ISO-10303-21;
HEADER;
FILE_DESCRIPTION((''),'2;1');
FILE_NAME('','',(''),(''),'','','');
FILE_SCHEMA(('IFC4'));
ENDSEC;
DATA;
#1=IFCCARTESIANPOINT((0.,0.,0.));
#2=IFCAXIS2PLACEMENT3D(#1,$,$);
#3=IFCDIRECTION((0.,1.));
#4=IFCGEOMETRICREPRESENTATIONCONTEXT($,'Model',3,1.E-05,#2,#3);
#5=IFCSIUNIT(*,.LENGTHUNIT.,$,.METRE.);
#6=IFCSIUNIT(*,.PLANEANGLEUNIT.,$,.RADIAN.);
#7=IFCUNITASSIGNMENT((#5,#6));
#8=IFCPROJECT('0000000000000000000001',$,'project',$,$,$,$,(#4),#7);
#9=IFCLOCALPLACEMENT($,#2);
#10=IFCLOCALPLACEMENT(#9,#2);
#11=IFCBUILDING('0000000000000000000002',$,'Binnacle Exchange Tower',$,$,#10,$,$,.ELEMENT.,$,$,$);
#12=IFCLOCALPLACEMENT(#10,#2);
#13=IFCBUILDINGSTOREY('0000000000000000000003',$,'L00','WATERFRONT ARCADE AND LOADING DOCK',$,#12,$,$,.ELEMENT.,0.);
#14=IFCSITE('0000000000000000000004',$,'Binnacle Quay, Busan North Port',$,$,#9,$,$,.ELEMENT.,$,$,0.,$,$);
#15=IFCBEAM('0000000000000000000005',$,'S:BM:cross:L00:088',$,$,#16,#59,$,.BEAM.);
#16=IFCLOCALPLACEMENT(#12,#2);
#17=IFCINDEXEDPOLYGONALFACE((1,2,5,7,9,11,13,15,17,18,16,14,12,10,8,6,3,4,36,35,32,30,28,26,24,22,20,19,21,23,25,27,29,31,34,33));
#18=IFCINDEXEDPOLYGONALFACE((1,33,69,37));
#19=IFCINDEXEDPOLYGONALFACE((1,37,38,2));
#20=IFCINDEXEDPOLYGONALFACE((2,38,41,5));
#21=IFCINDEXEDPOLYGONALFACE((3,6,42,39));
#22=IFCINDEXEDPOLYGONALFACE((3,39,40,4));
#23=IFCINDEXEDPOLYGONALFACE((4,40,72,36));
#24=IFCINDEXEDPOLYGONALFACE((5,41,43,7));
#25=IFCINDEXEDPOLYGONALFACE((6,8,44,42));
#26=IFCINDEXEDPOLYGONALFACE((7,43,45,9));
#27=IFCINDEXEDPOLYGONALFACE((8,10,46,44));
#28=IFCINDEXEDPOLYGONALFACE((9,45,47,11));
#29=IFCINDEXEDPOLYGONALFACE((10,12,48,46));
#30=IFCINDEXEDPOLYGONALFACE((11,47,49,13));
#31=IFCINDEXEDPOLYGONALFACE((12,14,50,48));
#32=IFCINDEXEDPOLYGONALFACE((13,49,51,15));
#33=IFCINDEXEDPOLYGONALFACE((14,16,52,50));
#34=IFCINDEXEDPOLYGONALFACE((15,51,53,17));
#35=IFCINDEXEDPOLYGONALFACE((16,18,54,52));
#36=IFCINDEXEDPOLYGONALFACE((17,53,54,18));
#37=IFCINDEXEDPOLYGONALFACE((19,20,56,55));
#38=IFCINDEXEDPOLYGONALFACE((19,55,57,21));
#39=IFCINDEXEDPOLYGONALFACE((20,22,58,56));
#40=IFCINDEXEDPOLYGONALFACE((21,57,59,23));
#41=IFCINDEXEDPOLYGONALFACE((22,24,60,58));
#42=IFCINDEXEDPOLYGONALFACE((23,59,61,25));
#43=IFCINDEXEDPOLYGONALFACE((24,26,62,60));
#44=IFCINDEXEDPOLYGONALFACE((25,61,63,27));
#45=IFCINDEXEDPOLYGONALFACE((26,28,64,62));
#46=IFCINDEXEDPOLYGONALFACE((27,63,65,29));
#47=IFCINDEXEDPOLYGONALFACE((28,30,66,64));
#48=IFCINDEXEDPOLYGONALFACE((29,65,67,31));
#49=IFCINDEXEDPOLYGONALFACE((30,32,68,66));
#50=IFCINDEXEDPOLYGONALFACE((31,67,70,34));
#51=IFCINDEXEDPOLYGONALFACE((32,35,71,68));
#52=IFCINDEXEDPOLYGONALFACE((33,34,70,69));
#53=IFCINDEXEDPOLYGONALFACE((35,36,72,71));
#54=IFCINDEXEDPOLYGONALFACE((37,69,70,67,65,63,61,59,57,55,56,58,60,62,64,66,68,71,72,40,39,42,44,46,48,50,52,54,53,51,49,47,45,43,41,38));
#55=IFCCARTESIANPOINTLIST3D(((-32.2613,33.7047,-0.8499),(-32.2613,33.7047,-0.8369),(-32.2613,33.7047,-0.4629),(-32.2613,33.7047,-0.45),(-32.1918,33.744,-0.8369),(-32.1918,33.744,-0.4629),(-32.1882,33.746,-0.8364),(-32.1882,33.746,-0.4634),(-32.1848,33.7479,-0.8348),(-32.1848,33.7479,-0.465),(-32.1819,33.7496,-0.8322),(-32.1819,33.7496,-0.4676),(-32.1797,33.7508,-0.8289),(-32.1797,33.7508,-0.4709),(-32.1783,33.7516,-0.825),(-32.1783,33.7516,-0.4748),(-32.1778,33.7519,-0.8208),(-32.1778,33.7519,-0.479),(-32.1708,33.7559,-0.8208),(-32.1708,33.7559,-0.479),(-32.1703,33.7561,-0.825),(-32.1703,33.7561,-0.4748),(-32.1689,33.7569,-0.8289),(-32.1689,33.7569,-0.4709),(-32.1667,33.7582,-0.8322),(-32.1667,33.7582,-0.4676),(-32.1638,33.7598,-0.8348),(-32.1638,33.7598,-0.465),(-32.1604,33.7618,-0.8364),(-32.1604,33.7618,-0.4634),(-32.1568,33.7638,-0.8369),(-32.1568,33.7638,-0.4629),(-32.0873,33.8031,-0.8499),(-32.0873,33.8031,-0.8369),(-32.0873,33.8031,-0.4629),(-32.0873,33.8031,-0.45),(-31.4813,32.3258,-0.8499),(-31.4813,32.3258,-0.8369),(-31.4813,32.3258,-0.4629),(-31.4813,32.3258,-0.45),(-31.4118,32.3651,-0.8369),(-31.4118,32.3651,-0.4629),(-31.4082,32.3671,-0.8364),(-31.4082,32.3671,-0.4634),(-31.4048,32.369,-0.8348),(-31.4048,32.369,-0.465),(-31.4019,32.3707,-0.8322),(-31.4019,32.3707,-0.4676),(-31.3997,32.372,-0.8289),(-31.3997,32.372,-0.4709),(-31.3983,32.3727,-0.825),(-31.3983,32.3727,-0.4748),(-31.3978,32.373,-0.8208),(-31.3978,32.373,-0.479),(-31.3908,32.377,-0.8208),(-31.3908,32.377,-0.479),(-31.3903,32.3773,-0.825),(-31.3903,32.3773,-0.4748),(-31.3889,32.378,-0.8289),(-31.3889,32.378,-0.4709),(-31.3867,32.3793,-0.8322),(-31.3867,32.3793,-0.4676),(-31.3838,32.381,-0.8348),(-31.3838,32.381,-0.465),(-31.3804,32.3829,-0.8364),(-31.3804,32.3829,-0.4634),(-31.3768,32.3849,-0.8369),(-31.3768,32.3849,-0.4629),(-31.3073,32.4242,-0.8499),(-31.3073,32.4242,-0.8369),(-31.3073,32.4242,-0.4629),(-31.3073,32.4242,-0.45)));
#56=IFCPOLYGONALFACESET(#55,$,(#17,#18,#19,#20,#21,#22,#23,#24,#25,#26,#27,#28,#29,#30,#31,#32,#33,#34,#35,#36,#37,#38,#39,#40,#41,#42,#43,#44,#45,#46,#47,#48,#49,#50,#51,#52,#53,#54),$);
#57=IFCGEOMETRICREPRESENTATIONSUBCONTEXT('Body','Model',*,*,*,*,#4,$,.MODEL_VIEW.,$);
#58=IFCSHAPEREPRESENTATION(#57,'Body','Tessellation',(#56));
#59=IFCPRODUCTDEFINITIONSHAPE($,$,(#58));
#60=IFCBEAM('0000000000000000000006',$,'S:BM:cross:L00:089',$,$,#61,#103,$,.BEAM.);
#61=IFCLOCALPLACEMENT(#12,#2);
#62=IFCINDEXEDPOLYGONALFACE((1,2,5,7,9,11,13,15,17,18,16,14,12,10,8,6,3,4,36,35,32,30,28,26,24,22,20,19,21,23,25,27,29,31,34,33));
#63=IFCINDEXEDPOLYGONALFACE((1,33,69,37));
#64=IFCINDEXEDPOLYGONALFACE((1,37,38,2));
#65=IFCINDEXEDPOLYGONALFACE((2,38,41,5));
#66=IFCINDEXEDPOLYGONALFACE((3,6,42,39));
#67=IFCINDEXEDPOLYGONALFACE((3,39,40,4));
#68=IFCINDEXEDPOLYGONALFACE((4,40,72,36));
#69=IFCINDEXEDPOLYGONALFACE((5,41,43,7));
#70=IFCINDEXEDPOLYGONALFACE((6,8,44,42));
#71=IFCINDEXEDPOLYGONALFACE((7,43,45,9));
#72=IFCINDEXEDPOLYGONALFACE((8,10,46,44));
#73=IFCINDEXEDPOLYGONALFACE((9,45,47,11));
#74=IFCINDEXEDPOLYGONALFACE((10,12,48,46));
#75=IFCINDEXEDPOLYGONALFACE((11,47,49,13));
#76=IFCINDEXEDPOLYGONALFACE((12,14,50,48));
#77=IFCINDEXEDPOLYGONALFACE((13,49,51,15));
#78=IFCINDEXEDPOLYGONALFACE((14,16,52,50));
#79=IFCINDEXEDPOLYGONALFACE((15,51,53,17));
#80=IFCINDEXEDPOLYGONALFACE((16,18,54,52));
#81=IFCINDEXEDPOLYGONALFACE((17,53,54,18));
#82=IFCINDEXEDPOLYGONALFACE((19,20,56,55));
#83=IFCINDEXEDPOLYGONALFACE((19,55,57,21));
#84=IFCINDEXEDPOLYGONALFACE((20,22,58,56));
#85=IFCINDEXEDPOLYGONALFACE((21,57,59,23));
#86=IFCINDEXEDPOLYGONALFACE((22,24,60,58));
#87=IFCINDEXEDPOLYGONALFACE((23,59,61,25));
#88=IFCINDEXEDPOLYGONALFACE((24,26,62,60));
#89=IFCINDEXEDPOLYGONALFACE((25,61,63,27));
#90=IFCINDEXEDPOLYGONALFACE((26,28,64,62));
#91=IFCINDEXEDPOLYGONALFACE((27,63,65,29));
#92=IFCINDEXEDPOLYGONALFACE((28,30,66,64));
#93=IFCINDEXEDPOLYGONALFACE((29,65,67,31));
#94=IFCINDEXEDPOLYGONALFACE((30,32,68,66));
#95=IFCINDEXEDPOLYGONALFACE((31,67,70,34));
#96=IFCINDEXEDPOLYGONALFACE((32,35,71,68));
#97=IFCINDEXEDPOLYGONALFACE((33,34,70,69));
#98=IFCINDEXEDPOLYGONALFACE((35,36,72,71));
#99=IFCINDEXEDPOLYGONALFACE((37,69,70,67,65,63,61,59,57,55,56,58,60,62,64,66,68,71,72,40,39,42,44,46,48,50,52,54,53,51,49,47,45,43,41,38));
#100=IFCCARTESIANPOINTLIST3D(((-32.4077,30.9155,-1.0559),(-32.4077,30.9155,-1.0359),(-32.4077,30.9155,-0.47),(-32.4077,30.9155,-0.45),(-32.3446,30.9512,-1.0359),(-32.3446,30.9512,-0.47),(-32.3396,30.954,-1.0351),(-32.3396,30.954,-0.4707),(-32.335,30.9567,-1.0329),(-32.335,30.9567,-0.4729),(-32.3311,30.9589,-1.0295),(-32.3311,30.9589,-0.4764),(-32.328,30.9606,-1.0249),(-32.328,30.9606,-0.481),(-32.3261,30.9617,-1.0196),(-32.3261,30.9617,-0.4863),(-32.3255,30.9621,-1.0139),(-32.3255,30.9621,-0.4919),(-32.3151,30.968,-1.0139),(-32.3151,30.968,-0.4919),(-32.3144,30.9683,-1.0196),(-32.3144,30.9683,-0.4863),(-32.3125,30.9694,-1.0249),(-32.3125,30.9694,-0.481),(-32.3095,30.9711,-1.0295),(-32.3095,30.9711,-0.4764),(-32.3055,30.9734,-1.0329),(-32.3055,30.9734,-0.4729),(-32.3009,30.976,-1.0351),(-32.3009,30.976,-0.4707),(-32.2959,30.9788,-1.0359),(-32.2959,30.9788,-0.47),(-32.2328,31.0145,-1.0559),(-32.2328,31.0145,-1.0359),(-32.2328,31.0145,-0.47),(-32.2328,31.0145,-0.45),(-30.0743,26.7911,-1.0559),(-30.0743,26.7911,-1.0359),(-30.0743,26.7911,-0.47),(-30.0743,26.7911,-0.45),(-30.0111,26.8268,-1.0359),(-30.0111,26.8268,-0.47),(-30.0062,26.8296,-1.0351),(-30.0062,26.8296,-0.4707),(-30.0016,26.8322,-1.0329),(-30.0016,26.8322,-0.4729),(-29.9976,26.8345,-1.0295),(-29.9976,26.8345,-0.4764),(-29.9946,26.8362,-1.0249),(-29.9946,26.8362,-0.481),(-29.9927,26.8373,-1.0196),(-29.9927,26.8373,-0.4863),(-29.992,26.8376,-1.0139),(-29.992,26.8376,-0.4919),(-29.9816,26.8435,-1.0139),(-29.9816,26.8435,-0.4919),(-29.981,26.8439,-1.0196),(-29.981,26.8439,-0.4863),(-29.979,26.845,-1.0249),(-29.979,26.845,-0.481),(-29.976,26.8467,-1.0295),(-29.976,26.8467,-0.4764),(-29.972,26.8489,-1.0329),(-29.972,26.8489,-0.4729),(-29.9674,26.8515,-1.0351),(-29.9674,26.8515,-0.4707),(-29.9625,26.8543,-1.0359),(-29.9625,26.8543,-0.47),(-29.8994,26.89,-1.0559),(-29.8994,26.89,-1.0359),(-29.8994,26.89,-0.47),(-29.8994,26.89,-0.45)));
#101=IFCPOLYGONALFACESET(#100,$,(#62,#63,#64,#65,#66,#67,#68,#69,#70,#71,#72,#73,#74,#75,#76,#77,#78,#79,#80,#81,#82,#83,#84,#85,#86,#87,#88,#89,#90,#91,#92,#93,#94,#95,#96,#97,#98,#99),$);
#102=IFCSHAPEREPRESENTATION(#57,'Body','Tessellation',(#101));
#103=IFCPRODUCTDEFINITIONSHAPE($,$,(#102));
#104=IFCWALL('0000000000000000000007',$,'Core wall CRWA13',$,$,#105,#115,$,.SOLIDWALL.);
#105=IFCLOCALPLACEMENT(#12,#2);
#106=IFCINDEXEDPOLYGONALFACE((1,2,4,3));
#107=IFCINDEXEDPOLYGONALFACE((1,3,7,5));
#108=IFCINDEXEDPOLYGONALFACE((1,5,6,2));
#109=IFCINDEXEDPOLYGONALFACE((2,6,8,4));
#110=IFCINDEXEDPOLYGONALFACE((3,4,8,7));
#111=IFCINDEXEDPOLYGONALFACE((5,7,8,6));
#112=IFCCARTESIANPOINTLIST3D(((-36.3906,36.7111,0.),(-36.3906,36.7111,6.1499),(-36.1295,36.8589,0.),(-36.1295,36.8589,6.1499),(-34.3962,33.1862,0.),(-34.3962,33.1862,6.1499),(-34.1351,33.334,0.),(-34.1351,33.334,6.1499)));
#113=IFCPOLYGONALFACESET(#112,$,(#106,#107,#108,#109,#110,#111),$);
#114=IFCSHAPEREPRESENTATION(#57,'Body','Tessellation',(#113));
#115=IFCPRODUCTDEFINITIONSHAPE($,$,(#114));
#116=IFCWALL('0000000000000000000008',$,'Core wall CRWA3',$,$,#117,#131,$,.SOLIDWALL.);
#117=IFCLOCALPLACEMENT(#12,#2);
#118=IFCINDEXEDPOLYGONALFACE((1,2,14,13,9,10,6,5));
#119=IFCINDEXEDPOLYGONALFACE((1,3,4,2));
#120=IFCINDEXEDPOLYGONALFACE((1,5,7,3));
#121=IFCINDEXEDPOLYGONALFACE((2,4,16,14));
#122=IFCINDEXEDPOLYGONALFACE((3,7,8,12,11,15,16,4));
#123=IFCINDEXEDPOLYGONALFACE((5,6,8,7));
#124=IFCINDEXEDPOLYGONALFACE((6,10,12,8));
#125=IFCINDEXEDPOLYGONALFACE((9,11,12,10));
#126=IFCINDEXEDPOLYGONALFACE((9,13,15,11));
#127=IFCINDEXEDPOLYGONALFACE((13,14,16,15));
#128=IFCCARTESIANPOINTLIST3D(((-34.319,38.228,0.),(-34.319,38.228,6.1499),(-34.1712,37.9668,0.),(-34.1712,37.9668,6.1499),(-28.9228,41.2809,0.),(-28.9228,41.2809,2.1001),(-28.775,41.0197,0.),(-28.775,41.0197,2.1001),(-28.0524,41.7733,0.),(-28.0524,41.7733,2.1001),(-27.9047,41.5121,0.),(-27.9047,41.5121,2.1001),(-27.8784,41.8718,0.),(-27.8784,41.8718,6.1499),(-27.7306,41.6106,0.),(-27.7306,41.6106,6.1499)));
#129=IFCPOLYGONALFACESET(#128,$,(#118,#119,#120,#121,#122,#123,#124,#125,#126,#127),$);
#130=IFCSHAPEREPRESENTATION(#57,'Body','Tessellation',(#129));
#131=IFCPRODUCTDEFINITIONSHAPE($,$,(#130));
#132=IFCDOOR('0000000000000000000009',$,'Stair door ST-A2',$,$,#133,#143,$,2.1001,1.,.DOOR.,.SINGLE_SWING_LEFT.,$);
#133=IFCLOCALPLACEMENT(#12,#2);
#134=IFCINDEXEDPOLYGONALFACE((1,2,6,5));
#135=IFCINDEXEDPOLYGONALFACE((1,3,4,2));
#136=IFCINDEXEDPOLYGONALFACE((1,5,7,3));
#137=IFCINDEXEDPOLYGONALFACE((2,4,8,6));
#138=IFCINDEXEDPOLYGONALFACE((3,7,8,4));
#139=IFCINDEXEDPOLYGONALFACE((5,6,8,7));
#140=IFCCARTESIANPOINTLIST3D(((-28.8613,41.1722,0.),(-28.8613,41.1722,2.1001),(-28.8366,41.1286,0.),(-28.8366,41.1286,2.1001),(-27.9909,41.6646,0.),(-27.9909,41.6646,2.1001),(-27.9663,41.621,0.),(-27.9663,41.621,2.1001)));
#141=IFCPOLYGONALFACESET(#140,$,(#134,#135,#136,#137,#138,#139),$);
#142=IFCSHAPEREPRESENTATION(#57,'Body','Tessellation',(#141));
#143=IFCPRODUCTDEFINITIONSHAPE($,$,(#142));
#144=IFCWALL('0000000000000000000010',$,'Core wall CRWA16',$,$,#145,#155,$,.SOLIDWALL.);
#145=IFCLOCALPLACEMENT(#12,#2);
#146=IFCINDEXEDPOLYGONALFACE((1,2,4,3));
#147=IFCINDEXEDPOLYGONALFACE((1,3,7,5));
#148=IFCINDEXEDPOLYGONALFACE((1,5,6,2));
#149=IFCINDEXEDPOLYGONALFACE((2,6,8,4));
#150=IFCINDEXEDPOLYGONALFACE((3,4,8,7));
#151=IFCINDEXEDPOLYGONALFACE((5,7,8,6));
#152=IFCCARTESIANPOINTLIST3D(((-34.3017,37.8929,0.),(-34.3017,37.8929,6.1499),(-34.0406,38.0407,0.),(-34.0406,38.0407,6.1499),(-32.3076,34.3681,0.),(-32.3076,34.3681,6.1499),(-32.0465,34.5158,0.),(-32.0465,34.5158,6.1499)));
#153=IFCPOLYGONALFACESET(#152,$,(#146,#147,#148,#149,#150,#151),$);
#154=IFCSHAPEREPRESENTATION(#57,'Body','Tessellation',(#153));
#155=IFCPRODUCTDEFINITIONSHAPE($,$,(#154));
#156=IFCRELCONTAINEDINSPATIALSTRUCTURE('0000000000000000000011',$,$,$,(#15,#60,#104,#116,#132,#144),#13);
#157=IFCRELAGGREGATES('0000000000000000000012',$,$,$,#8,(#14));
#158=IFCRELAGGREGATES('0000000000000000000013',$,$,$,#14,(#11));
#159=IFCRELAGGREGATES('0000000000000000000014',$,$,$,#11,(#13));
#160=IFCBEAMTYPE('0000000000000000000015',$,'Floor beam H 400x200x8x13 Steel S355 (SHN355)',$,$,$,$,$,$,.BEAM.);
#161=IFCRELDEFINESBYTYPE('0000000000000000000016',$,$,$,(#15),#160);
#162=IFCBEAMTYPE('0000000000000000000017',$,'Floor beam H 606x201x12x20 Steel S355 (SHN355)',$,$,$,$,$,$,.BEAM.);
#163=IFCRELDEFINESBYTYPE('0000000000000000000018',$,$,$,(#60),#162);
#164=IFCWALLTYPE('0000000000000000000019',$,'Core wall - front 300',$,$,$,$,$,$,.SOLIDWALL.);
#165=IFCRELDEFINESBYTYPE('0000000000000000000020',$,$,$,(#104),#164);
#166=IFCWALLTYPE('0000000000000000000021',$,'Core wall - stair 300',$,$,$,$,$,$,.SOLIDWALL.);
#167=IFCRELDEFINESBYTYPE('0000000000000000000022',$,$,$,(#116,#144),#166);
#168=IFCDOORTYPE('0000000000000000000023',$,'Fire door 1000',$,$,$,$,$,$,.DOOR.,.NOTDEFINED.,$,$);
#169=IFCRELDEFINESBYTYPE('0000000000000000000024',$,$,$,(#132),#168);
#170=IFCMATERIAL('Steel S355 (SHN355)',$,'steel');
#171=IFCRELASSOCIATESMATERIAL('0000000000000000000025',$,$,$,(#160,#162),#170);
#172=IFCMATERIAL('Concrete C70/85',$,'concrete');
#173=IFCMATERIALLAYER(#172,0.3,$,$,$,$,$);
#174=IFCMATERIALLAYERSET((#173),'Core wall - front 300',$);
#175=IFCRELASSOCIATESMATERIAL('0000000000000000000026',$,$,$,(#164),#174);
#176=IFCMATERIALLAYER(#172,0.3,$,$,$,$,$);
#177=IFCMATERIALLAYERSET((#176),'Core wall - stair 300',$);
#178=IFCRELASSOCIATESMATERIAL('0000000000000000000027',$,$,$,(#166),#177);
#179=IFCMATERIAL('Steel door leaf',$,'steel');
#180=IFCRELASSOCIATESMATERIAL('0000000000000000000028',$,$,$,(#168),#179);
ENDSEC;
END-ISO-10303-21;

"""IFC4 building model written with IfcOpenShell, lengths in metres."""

from ifc_helpers import new_model, si_unit, direction, frame, frame_2d, origin, origin_2d, place, context, subcontext, project, spatial, rectangle, i_section, extrude, material, layer, layer_set, material_profile, profile_set, type_object, element, fill, save


model = new_model("IFC4")

# Units and contexts
model_context = context("Model", 3, precision=1e-05, world=origin(), true_north=direction((0.0, 1.0)))
body_context = subcontext(model_context, "Body", "Model", "MODEL_VIEW")
ifc_project = project(units=[si_unit("LENGTHUNIT", "METRE"), si_unit("PLANEANGLEUNIT", "RADIAN")], contexts=[model_context])

# Site, building, storey
site_placement = place(None, origin())
site = spatial("IfcSite", under=ifc_project, at=site_placement, Name="Binnacle Quay, Busan North Port", CompositionType="ELEMENT", RefElevation=0.0)
building_placement = place(site_placement, origin())
building = spatial("IfcBuilding", under=site, at=building_placement, Name="Binnacle Exchange Tower", CompositionType="ELEMENT")
storey_placement = place(building_placement, origin())
storey = spatial("IfcBuildingStorey", under=building, at=storey_placement, Name="L00", Description="WATERFRONT ARCADE AND LOADING DOCK", CompositionType="ELEMENT", Elevation=0.0)

# Shared definitions
ifc_material_1 = material(Name="Concrete C70/85", Category="concrete")

# Beams
ifc_material_2 = material(Name="Steel S355 (SHN355)", Category="steel")
ifc_material_profile_1 = material_profile(ifc_material_2, i_section(OverallWidth=0.2, OverallDepth=0.3999, WebThickness=0.0081, FlangeThickness=0.0129, FilletRadius=0.0161, at=origin_2d()), Name="H 400x200x8x13")
ifc_profile_set_1 = profile_set([ifc_material_profile_1], Name="Steel S355 (SHN355)")
beam_type_1 = type_object("IfcBeamType", Name="Floor beam H 400x200x8x13 Steel S355 (SHN355)", PredefinedType="BEAM", material=ifc_profile_set_1)
beam_1_placement = place(storey_placement, frame((-31.3943, 32.375, -0.6499), z_axis=(-0.492367, 0.870388, 0.0), x_axis=(-0.870388, -0.492367, 0.0)))
element("IfcBeam", 1, at=beam_1_placement, inside=storey, type_object=beam_type_1, Name="S:BM:cross:L00:088", PredefinedType="BEAM", context=body_context, shape_type="SweptSolid", body=[
    extrude(i_section(OverallWidth=0.2, OverallDepth=0.3999, WebThickness=0.0081, FlangeThickness=0.0129, FilletRadius=0.0161, at=origin_2d()), origin(), (0.0, 0.0, 1.0), 1.5842),
])
ifc_material_profile_2 = material_profile(ifc_material_2, i_section(OverallWidth=0.2009, OverallDepth=0.606, WebThickness=0.012, FlangeThickness=0.02, FilletRadius=0.022, at=origin_2d()), Name="H 606x201x12x20")
ifc_profile_set_2 = profile_set([ifc_material_profile_2], Name="Steel S355 (SHN355)")
beam_type_2 = type_object("IfcBeamType", Name="Floor beam H 606x201x12x20 Steel S355 (SHN355)", PredefinedType="BEAM", material=ifc_profile_set_2)
beam_2_placement = place(storey_placement, frame((-29.9868, 26.8406, -0.7529), z_axis=(-0.492417, 0.870359, 0.0), x_axis=(-0.870359, -0.492417, 0.0)))
element("IfcBeam", 2, at=beam_2_placement, inside=storey, type_object=beam_type_2, Name="S:BM:cross:L00:089", PredefinedType="BEAM", context=body_context, shape_type="SweptSolid", body=[
    extrude(i_section(OverallWidth=0.2009, OverallDepth=0.606, WebThickness=0.012, FlangeThickness=0.02, FilletRadius=0.022, at=origin_2d()), origin(), (0.0, 0.0, 1.0), 4.7388),
])

# Wall
ifc_layer_1 = layer(ifc_material_1, 0.3)
ifc_layer_set_1 = layer_set([ifc_layer_1], Name="Core wall - front 300")
wall_type_1 = type_object("IfcWallType", Name="Core wall - front 300", PredefinedType="SOLIDWALL", material=ifc_layer_set_1)
wall_1_placement = place(storey_placement, frame((-36.26, 36.7849, 0.0), z_axis=(0.0, 0.0, 1.0), x_axis=(0.492441, -0.870346, 0.0)))
element("IfcWall", 3, at=wall_1_placement, inside=storey, type_object=wall_type_1, Name="Core wall CRWA13", PredefinedType="SOLIDWALL", context=body_context, shape_type="SweptSolid", body=[
    extrude(rectangle(XDim=4.05, YDim=0.3, at=frame_2d((2.0249, 0.0))), origin(), (0.0, 0.0, 1.0), 6.1499),
])

# Wall, opening, door
ifc_layer_2 = layer(ifc_material_1, 0.3)
ifc_layer_set_2 = layer_set([ifc_layer_2], Name="Core wall - stair 300")
wall_type_2 = type_object("IfcWallType", Name="Core wall - stair 300", PredefinedType="SOLIDWALL", material=ifc_layer_set_2)
wall_2_placement = place(storey_placement, frame((-34.2451, 38.0974, 0.0), z_axis=(0.0, 0.0, 1.0), x_axis=(0.870365, 0.492407, 0.0)))
wall_2 = element("IfcWall", 4, at=wall_2_placement, inside=storey, type_object=wall_type_2, Name="Core wall CRWA3", PredefinedType="SOLIDWALL", context=body_context, shape_type="SweptSolid", body=[
    extrude(rectangle(XDim=7.3999, YDim=0.3, at=frame_2d((3.7, 0.0))), origin(), (0.0, 0.0, 1.0), 6.1499),
])
opening_placement = place(wall_2_placement, frame((6.2, 0.0, 0.0)))
opening = element("IfcOpeningElement", 5, at=opening_placement, cuts=wall_2, PredefinedType="OPENING", context=body_context, shape_type="SweptSolid", body=[
    extrude(rectangle(XDim=1.0, YDim=2.1001, at=frame_2d((0.5, 1.05))), frame((0.0, 0.1599, 0.0), z_axis=(0.0, -1.0, 0.0), x_axis=(1.0, 0.0, 0.0)), (0.0, 0.0, 1.0), 0.3201),
])
ifc_material_3 = material(Name="Steel door leaf", Category="steel")
door_type = type_object("IfcDoorType", Name="Fire door 1000", OperationType="NOTDEFINED", PredefinedType="DOOR", material=ifc_material_3)
door_placement = place(opening_placement, frame((1.0, 0.0, 0.0), z_axis=(0.0, 0.0, 1.0), x_axis=(-1.0, 0.0, 0.0)))
door = element("IfcDoor", 6, at=door_placement, inside=storey, type_object=door_type, Name="Stair door ST-A2", OperationType="SINGLE_SWING_LEFT", OverallHeight=2.1001, OverallWidth=1.0, PredefinedType="DOOR", context=body_context, shape_type="SweptSolid", body=[
    extrude(rectangle(XDim=1.0, YDim=2.1001, at=frame_2d((0.5, 1.05))), frame((0.0, 0.0249, 0.0), z_axis=(0.0, -1.0, 0.0), x_axis=(1.0, 0.0, 0.0)), (0.0, 0.0, 1.0), 0.05),
])
fill(opening, door)

# Wall
wall_3_placement = place(storey_placement, frame((-34.1711, 37.9668, 0.0), z_axis=(0.0, 0.0, 1.0), x_axis=(0.492395, -0.870372, 0.0)))
element("IfcWall", 7, at=wall_3_placement, inside=storey, type_object=wall_type_2, Name="Core wall CRWA16", PredefinedType="SOLIDWALL", context=body_context, shape_type="SweptSolid", body=[
    extrude(rectangle(XDim=4.0498, YDim=0.3, at=frame_2d((2.0249, 0.0))), origin(), (0.0, 0.0, 1.0), 6.1499),
])

save(model, "model.ifc")
